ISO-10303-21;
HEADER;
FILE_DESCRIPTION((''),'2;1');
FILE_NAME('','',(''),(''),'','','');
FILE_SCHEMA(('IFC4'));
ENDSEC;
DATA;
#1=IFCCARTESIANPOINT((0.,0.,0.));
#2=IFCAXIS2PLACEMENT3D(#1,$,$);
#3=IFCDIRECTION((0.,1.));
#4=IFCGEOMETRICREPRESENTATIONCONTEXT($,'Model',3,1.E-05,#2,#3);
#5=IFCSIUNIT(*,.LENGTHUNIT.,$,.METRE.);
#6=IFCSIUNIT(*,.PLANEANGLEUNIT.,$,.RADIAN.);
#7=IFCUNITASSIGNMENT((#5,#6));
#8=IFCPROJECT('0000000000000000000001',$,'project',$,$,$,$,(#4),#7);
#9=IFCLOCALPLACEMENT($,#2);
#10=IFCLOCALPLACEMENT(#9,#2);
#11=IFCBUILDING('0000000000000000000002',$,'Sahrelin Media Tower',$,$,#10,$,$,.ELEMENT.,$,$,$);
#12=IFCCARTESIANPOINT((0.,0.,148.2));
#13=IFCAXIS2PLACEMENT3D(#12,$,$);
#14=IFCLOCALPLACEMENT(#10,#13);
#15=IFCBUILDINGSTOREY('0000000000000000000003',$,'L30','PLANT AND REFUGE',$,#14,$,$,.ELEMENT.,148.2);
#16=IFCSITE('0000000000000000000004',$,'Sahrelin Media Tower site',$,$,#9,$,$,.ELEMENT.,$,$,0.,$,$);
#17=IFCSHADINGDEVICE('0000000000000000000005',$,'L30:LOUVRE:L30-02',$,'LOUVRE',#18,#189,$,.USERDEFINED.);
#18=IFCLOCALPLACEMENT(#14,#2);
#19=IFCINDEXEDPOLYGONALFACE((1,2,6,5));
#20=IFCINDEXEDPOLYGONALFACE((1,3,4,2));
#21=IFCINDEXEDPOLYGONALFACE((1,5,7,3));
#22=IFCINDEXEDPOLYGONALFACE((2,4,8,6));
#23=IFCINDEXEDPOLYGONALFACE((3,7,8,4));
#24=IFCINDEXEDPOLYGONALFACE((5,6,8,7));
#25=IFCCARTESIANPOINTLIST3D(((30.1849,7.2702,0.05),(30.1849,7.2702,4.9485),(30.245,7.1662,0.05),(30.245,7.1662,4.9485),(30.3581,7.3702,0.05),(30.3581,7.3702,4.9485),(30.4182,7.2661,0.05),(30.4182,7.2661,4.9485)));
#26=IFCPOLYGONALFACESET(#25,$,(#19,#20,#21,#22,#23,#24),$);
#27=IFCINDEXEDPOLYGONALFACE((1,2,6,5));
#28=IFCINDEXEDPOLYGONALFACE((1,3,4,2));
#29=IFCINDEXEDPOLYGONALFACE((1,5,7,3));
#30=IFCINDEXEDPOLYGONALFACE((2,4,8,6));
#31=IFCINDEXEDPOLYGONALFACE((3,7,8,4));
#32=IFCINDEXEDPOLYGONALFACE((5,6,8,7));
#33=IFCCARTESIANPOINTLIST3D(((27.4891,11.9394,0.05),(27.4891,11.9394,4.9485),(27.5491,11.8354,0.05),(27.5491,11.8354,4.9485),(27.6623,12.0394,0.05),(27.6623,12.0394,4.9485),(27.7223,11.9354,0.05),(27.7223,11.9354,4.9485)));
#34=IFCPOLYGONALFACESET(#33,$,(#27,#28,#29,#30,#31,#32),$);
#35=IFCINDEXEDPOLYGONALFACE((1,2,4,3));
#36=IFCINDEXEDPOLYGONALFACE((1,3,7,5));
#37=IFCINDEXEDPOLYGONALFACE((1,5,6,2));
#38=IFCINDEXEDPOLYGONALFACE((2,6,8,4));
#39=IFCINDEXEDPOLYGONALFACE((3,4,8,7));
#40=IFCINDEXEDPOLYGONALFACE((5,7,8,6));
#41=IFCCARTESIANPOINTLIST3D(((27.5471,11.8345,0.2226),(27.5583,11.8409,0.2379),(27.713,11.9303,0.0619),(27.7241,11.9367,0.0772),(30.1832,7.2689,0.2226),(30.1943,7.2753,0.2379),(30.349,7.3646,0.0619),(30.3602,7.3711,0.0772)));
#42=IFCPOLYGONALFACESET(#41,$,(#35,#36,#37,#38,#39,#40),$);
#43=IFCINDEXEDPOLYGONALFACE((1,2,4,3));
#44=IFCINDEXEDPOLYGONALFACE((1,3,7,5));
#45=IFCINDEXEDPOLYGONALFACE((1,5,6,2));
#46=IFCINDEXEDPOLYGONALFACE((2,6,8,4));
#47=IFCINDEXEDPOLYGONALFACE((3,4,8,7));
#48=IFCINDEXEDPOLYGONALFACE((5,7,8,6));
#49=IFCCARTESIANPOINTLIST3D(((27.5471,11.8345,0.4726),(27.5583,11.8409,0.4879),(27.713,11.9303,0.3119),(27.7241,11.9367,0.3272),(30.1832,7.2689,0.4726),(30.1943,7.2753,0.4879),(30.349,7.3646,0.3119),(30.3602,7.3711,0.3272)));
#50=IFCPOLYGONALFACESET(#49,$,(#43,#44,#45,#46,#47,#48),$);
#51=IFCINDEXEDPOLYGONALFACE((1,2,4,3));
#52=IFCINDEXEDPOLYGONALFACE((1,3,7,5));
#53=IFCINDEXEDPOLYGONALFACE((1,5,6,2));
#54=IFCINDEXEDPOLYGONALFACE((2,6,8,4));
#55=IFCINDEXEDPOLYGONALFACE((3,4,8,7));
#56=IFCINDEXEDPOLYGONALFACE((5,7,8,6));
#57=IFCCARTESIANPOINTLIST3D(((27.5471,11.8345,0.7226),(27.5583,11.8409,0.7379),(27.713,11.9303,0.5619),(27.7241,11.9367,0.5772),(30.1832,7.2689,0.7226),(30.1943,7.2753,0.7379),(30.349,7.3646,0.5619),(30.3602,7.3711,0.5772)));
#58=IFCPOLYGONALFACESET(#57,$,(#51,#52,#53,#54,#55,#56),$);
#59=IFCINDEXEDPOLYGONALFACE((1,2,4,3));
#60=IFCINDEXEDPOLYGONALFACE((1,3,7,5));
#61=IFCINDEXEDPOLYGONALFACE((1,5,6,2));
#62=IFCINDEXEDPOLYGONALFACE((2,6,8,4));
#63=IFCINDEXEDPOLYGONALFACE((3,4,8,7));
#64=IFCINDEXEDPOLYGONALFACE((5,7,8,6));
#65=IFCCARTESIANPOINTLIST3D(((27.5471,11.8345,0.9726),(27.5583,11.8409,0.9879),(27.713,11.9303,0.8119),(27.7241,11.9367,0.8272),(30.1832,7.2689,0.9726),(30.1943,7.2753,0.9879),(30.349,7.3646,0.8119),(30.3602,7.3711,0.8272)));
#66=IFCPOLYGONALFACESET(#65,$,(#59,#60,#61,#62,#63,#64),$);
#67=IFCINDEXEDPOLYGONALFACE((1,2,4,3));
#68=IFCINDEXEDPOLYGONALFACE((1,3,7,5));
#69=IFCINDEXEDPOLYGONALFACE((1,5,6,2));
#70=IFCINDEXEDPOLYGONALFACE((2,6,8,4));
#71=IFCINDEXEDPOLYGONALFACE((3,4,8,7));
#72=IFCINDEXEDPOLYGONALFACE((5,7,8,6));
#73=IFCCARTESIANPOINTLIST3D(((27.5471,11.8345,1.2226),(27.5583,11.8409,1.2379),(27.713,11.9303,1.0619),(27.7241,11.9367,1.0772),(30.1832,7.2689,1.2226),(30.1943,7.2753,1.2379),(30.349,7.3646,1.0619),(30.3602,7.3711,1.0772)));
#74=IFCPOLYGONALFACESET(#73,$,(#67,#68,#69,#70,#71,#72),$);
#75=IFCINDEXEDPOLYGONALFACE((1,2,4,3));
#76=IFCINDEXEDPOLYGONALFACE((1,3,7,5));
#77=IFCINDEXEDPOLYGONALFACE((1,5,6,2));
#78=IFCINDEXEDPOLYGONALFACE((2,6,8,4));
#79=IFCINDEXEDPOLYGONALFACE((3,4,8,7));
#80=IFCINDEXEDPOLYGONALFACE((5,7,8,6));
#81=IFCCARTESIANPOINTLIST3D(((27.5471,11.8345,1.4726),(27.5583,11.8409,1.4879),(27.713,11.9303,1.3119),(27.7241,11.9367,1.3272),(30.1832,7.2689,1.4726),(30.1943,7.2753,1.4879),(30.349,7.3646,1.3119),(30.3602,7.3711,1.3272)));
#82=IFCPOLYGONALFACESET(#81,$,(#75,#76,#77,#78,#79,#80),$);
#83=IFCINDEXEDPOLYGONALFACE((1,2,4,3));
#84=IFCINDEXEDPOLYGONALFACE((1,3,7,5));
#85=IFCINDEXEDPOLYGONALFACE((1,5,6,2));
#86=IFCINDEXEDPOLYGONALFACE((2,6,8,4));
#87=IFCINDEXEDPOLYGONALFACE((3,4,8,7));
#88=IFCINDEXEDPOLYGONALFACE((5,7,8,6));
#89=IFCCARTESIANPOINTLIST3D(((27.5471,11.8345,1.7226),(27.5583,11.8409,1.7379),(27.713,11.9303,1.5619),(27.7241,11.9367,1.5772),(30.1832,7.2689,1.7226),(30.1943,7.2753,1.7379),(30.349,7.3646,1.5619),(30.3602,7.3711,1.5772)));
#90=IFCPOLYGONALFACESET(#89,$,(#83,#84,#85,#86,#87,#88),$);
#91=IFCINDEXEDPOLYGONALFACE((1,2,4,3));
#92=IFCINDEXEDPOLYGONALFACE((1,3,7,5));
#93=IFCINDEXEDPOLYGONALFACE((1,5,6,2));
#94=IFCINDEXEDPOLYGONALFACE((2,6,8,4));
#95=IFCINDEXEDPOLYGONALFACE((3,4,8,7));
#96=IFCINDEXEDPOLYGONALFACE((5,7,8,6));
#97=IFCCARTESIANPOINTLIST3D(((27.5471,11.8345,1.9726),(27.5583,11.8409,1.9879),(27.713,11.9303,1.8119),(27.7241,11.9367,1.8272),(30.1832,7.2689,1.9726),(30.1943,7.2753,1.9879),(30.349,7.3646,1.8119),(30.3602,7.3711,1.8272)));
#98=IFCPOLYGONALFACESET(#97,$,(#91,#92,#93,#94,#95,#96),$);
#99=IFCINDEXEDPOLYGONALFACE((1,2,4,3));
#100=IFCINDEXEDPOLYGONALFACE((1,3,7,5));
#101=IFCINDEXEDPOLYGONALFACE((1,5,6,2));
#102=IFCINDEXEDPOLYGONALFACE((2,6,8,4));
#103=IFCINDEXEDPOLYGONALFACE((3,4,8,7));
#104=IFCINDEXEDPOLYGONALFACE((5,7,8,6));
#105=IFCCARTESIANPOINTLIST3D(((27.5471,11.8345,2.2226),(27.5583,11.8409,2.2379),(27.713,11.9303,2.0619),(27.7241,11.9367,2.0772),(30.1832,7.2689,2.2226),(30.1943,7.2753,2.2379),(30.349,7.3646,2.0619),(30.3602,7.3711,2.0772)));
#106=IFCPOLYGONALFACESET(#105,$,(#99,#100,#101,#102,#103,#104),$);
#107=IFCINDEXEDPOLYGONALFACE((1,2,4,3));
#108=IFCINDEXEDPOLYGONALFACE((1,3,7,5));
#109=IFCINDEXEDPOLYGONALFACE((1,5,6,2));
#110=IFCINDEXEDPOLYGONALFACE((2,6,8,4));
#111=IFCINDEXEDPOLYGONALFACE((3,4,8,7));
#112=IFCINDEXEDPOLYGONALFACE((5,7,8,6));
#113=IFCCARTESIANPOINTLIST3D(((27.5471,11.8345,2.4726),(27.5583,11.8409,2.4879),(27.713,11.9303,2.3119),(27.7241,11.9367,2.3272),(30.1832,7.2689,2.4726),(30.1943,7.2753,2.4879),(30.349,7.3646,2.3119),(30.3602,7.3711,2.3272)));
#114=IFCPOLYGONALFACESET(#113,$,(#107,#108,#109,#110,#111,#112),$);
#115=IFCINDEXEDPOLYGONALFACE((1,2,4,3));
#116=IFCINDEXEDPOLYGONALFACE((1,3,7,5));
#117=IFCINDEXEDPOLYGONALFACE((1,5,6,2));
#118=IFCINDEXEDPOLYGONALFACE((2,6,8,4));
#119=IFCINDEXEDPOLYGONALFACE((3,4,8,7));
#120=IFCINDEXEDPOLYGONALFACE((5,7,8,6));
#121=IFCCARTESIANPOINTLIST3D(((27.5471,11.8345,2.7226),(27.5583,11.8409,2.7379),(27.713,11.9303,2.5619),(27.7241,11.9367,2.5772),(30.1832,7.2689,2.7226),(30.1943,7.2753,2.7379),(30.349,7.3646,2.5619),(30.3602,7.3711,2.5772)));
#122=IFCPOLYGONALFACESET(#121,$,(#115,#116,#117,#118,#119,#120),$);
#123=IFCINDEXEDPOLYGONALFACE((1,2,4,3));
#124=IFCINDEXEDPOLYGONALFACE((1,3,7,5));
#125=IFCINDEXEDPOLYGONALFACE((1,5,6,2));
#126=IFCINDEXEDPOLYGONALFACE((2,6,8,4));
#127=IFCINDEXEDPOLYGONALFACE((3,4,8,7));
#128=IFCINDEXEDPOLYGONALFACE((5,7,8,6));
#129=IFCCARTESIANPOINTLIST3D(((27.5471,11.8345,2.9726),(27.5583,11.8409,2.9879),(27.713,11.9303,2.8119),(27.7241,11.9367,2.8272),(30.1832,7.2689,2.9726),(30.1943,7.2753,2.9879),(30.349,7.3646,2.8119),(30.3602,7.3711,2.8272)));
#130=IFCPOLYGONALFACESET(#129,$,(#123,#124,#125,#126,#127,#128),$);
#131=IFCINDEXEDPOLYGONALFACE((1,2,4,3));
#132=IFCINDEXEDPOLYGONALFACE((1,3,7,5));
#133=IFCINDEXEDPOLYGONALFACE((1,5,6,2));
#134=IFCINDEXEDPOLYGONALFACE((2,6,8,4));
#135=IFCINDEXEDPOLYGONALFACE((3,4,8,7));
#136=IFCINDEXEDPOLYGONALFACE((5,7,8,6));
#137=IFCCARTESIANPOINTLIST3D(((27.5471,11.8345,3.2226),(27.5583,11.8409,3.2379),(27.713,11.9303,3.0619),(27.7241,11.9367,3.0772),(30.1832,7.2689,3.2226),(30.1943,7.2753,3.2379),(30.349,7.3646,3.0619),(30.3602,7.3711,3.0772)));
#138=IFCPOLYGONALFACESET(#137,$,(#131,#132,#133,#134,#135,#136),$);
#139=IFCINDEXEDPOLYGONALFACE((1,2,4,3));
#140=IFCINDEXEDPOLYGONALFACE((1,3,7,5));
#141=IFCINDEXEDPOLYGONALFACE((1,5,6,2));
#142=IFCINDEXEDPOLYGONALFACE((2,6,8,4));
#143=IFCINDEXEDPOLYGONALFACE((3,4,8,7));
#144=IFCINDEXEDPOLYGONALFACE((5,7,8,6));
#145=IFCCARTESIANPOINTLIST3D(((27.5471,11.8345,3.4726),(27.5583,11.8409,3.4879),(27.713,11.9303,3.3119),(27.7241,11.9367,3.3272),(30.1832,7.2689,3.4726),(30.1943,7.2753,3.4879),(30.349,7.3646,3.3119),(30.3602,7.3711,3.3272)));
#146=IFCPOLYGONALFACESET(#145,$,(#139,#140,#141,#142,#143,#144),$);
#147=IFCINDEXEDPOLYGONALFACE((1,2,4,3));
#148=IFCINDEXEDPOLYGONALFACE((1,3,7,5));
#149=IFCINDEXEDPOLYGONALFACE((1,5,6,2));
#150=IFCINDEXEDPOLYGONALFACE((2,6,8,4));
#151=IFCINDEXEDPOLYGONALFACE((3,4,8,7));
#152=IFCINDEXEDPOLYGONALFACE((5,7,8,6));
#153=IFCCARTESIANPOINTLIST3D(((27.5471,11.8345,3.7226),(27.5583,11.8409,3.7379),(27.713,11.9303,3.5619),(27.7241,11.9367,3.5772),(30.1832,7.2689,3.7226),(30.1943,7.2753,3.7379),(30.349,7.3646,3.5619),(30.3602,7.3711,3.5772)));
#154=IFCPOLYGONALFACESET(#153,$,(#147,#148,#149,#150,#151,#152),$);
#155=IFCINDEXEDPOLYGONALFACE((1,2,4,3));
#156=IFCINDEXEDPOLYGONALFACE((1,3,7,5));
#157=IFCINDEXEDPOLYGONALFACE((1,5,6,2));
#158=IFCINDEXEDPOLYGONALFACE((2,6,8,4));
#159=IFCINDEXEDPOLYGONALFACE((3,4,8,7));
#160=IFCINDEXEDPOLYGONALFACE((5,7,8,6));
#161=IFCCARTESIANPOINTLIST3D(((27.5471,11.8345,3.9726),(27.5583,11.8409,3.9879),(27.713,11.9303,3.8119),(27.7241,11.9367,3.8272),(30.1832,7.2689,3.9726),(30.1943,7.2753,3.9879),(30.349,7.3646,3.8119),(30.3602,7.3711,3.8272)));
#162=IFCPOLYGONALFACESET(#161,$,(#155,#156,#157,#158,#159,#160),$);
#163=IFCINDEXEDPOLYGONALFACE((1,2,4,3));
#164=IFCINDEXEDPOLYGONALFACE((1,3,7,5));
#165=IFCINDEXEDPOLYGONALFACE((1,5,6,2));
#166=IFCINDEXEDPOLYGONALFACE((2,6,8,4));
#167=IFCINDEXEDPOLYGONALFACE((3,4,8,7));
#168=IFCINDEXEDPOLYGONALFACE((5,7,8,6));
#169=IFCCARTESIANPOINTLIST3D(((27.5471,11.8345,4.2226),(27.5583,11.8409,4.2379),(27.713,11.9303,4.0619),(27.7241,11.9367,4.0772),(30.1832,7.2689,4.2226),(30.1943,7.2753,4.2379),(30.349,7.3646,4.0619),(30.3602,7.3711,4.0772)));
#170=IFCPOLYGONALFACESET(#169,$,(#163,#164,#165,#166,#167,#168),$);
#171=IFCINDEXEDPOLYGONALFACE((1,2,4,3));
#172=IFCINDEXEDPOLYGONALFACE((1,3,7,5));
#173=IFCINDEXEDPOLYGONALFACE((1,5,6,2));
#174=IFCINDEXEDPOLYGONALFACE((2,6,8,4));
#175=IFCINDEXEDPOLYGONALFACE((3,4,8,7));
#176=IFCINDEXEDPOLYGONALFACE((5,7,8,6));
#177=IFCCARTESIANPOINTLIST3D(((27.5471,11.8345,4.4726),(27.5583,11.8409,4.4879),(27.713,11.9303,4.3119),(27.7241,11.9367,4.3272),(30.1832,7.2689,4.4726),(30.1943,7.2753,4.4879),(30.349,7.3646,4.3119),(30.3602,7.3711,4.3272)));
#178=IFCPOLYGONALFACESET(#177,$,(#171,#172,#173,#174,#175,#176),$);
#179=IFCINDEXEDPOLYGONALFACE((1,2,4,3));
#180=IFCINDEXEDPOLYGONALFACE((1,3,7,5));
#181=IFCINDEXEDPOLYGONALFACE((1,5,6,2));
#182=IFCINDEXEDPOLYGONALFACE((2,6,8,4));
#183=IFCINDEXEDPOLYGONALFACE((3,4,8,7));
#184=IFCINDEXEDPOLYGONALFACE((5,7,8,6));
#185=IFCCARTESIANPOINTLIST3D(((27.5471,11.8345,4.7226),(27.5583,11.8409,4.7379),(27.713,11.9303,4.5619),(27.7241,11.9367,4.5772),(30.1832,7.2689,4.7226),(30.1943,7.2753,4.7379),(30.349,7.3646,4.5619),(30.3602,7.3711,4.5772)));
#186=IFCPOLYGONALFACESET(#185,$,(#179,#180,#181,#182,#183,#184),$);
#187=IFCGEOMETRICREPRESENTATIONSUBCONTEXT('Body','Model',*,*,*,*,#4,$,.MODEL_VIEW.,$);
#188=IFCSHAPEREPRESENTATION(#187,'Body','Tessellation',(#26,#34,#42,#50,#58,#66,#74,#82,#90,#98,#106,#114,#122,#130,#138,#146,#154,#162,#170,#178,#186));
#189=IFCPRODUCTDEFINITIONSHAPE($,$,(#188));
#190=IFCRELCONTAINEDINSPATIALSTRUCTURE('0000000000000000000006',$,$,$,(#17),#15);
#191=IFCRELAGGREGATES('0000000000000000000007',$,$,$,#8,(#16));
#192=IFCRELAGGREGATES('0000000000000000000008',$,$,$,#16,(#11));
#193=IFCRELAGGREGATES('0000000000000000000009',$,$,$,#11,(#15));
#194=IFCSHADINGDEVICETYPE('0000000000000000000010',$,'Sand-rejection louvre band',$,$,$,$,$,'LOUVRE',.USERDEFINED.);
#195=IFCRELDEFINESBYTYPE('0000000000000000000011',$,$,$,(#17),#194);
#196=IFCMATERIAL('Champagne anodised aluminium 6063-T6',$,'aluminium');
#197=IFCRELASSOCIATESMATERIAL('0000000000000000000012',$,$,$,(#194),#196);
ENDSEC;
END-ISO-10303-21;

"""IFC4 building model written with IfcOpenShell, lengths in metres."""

from ifc_helpers import new_model, si_unit, direction, frame, origin, origin_2d, place, context, subcontext, project, spatial, rectangle, extrude, material, type_object, element, save


model = new_model("IFC4")

# Units and contexts
model_context = context("Model", 3, precision=1e-05, world=origin(), true_north=direction((0.0, 1.0)))
body_context = subcontext(model_context, "Body", "Model", "MODEL_VIEW")
ifc_project = project(units=[si_unit("LENGTHUNIT", "METRE"), si_unit("PLANEANGLEUNIT", "RADIAN")], contexts=[model_context])

# Site, building, storey
site_placement = place(None, origin())
site = spatial("IfcSite", under=ifc_project, at=site_placement, Name="Sahrelin Media Tower site", CompositionType="ELEMENT", RefElevation=0.0)
building_placement = place(site_placement, origin())
building = spatial("IfcBuilding", under=site, at=building_placement, Name="Sahrelin Media Tower", CompositionType="ELEMENT")
storey_placement = place(building_placement, frame((0.0, 0.0, 148.2)))
storey = spatial("IfcBuildingStorey", under=building, at=storey_placement, Name="L30", Description="PLANT AND REFUGE", CompositionType="ELEMENT", Elevation=148.2)

# Shading device
ifc_material_1 = material(Name="Champagne anodised aluminium 6063-T6", Category="aluminium")
shading_device_type = type_object("IfcShadingDeviceType", Name="Sand-rejection louvre band", ElementType="LOUVRE", PredefinedType="USERDEFINED", material=ifc_material_1)
shading_device_1_placement = place(storey_placement, frame((28.8669, 9.5527, 0.0), z_axis=(0.0, 0.0, 1.0), x_axis=(0.500011, -0.866019, 0.0)))
element("IfcShadingDevice", 1, at=shading_device_1_placement, inside=storey, type_object=shading_device_type, Name="L30:LOUVRE:L30-02", ObjectType="LOUVRE", PredefinedType="USERDEFINED", context=body_context, shape_type="SweptSolid", body=[
    extrude(rectangle(XDim=0.1201, YDim=0.2, at=origin_2d()), frame((2.6958, 0.1001, 0.05), z_axis=(0.0, 0.0, 1.0), x_axis=(1.0, 0.0, 0.0)), (0.0, 0.0, 1.0), 4.8984),
    extrude(rectangle(XDim=0.1201, YDim=0.2, at=origin_2d()), frame((-2.6958, 0.1001, 0.05), z_axis=(0.0, 0.0, 1.0), x_axis=(1.0, 0.0, 0.0)), (0.0, 0.0, 1.0), 4.8984),
    extrude(rectangle(XDim=0.25, YDim=0.02, at=origin_2d()), frame((2.636, 0.1001, 0.1499), z_axis=(-1.0, 0.0, 0.0), x_axis=(0.0, -0.766044, 0.642788)), (0.0, 0.0, 1.0), 5.272),
    extrude(rectangle(XDim=0.25, YDim=0.02, at=origin_2d()), frame((2.636, 0.1001, 0.3999), z_axis=(-1.0, 0.0, 0.0), x_axis=(0.0, -0.766044, 0.642788)), (0.0, 0.0, 1.0), 5.272),
    extrude(rectangle(XDim=0.25, YDim=0.02, at=origin_2d()), frame((2.636, 0.1001, 0.6499), z_axis=(-1.0, 0.0, 0.0), x_axis=(0.0, -0.766044, 0.642788)), (0.0, 0.0, 1.0), 5.272),
    extrude(rectangle(XDim=0.25, YDim=0.02, at=origin_2d()), frame((2.636, 0.1001, 0.8999), z_axis=(-1.0, 0.0, 0.0), x_axis=(0.0, -0.766044, 0.642788)), (0.0, 0.0, 1.0), 5.272),
    extrude(rectangle(XDim=0.25, YDim=0.02, at=origin_2d()), frame((2.636, 0.1001, 1.1499), z_axis=(-1.0, 0.0, 0.0), x_axis=(0.0, -0.766044, 0.642788)), (0.0, 0.0, 1.0), 5.272),
    extrude(rectangle(XDim=0.25, YDim=0.02, at=origin_2d()), frame((2.636, 0.1001, 1.3999), z_axis=(-1.0, 0.0, 0.0), x_axis=(0.0, -0.766044, 0.642788)), (0.0, 0.0, 1.0), 5.272),
    extrude(rectangle(XDim=0.25, YDim=0.02, at=origin_2d()), frame((2.636, 0.1001, 1.6499), z_axis=(-1.0, 0.0, 0.0), x_axis=(0.0, -0.766044, 0.642788)), (0.0, 0.0, 1.0), 5.272),
    extrude(rectangle(XDim=0.25, YDim=0.02, at=origin_2d()), frame((2.636, 0.1001, 1.8999), z_axis=(-1.0, 0.0, 0.0), x_axis=(0.0, -0.766044, 0.642788)), (0.0, 0.0, 1.0), 5.272),
    extrude(rectangle(XDim=0.25, YDim=0.02, at=origin_2d()), frame((2.636, 0.1001, 2.1499), z_axis=(-1.0, 0.0, 0.0), x_axis=(0.0, -0.766044, 0.642788)), (0.0, 0.0, 1.0), 5.272),
    extrude(rectangle(XDim=0.25, YDim=0.02, at=origin_2d()), frame((2.636, 0.1001, 2.3999), z_axis=(-1.0, 0.0, 0.0), x_axis=(0.0, -0.766044, 0.642788)), (0.0, 0.0, 1.0), 5.272),
    extrude(rectangle(XDim=0.25, YDim=0.02, at=origin_2d()), frame((2.636, 0.1001, 2.6499), z_axis=(-1.0, 0.0, 0.0), x_axis=(0.0, -0.766044, 0.642788)), (0.0, 0.0, 1.0), 5.272),
    extrude(rectangle(XDim=0.25, YDim=0.02, at=origin_2d()), frame((2.636, 0.1001, 2.8999), z_axis=(-1.0, 0.0, 0.0), x_axis=(0.0, -0.766044, 0.642788)), (0.0, 0.0, 1.0), 5.272),
    extrude(rectangle(XDim=0.25, YDim=0.02, at=origin_2d()), frame((2.636, 0.1001, 3.1499), z_axis=(-1.0, 0.0, 0.0), x_axis=(0.0, -0.766044, 0.642788)), (0.0, 0.0, 1.0), 5.272),
    extrude(rectangle(XDim=0.25, YDim=0.02, at=origin_2d()), frame((2.636, 0.1001, 3.3999), z_axis=(-1.0, 0.0, 0.0), x_axis=(0.0, -0.766044, 0.642788)), (0.0, 0.0, 1.0), 5.272),
    extrude(rectangle(XDim=0.25, YDim=0.02, at=origin_2d()), frame((2.636, 0.1001, 3.6499), z_axis=(-1.0, 0.0, 0.0), x_axis=(0.0, -0.766044, 0.642788)), (0.0, 0.0, 1.0), 5.272),
    extrude(rectangle(XDim=0.25, YDim=0.02, at=origin_2d()), frame((2.636, 0.1001, 3.8999), z_axis=(-1.0, 0.0, 0.0), x_axis=(0.0, -0.766044, 0.642788)), (0.0, 0.0, 1.0), 5.272),
    extrude(rectangle(XDim=0.25, YDim=0.02, at=origin_2d()), frame((2.636, 0.1001, 4.1499), z_axis=(-1.0, 0.0, 0.0), x_axis=(0.0, -0.766044, 0.642788)), (0.0, 0.0, 1.0), 5.272),
    extrude(rectangle(XDim=0.25, YDim=0.02, at=origin_2d()), frame((2.636, 0.1001, 4.3999), z_axis=(-1.0, 0.0, 0.0), x_axis=(0.0, -0.766044, 0.642788)), (0.0, 0.0, 1.0), 5.272),
    extrude(rectangle(XDim=0.25, YDim=0.02, at=origin_2d()), frame((2.636, 0.1001, 4.6499), z_axis=(-1.0, 0.0, 0.0), x_axis=(0.0, -0.766044, 0.642788)), (0.0, 0.0, 1.0), 5.272),
])

save(model, "model.ifc")
